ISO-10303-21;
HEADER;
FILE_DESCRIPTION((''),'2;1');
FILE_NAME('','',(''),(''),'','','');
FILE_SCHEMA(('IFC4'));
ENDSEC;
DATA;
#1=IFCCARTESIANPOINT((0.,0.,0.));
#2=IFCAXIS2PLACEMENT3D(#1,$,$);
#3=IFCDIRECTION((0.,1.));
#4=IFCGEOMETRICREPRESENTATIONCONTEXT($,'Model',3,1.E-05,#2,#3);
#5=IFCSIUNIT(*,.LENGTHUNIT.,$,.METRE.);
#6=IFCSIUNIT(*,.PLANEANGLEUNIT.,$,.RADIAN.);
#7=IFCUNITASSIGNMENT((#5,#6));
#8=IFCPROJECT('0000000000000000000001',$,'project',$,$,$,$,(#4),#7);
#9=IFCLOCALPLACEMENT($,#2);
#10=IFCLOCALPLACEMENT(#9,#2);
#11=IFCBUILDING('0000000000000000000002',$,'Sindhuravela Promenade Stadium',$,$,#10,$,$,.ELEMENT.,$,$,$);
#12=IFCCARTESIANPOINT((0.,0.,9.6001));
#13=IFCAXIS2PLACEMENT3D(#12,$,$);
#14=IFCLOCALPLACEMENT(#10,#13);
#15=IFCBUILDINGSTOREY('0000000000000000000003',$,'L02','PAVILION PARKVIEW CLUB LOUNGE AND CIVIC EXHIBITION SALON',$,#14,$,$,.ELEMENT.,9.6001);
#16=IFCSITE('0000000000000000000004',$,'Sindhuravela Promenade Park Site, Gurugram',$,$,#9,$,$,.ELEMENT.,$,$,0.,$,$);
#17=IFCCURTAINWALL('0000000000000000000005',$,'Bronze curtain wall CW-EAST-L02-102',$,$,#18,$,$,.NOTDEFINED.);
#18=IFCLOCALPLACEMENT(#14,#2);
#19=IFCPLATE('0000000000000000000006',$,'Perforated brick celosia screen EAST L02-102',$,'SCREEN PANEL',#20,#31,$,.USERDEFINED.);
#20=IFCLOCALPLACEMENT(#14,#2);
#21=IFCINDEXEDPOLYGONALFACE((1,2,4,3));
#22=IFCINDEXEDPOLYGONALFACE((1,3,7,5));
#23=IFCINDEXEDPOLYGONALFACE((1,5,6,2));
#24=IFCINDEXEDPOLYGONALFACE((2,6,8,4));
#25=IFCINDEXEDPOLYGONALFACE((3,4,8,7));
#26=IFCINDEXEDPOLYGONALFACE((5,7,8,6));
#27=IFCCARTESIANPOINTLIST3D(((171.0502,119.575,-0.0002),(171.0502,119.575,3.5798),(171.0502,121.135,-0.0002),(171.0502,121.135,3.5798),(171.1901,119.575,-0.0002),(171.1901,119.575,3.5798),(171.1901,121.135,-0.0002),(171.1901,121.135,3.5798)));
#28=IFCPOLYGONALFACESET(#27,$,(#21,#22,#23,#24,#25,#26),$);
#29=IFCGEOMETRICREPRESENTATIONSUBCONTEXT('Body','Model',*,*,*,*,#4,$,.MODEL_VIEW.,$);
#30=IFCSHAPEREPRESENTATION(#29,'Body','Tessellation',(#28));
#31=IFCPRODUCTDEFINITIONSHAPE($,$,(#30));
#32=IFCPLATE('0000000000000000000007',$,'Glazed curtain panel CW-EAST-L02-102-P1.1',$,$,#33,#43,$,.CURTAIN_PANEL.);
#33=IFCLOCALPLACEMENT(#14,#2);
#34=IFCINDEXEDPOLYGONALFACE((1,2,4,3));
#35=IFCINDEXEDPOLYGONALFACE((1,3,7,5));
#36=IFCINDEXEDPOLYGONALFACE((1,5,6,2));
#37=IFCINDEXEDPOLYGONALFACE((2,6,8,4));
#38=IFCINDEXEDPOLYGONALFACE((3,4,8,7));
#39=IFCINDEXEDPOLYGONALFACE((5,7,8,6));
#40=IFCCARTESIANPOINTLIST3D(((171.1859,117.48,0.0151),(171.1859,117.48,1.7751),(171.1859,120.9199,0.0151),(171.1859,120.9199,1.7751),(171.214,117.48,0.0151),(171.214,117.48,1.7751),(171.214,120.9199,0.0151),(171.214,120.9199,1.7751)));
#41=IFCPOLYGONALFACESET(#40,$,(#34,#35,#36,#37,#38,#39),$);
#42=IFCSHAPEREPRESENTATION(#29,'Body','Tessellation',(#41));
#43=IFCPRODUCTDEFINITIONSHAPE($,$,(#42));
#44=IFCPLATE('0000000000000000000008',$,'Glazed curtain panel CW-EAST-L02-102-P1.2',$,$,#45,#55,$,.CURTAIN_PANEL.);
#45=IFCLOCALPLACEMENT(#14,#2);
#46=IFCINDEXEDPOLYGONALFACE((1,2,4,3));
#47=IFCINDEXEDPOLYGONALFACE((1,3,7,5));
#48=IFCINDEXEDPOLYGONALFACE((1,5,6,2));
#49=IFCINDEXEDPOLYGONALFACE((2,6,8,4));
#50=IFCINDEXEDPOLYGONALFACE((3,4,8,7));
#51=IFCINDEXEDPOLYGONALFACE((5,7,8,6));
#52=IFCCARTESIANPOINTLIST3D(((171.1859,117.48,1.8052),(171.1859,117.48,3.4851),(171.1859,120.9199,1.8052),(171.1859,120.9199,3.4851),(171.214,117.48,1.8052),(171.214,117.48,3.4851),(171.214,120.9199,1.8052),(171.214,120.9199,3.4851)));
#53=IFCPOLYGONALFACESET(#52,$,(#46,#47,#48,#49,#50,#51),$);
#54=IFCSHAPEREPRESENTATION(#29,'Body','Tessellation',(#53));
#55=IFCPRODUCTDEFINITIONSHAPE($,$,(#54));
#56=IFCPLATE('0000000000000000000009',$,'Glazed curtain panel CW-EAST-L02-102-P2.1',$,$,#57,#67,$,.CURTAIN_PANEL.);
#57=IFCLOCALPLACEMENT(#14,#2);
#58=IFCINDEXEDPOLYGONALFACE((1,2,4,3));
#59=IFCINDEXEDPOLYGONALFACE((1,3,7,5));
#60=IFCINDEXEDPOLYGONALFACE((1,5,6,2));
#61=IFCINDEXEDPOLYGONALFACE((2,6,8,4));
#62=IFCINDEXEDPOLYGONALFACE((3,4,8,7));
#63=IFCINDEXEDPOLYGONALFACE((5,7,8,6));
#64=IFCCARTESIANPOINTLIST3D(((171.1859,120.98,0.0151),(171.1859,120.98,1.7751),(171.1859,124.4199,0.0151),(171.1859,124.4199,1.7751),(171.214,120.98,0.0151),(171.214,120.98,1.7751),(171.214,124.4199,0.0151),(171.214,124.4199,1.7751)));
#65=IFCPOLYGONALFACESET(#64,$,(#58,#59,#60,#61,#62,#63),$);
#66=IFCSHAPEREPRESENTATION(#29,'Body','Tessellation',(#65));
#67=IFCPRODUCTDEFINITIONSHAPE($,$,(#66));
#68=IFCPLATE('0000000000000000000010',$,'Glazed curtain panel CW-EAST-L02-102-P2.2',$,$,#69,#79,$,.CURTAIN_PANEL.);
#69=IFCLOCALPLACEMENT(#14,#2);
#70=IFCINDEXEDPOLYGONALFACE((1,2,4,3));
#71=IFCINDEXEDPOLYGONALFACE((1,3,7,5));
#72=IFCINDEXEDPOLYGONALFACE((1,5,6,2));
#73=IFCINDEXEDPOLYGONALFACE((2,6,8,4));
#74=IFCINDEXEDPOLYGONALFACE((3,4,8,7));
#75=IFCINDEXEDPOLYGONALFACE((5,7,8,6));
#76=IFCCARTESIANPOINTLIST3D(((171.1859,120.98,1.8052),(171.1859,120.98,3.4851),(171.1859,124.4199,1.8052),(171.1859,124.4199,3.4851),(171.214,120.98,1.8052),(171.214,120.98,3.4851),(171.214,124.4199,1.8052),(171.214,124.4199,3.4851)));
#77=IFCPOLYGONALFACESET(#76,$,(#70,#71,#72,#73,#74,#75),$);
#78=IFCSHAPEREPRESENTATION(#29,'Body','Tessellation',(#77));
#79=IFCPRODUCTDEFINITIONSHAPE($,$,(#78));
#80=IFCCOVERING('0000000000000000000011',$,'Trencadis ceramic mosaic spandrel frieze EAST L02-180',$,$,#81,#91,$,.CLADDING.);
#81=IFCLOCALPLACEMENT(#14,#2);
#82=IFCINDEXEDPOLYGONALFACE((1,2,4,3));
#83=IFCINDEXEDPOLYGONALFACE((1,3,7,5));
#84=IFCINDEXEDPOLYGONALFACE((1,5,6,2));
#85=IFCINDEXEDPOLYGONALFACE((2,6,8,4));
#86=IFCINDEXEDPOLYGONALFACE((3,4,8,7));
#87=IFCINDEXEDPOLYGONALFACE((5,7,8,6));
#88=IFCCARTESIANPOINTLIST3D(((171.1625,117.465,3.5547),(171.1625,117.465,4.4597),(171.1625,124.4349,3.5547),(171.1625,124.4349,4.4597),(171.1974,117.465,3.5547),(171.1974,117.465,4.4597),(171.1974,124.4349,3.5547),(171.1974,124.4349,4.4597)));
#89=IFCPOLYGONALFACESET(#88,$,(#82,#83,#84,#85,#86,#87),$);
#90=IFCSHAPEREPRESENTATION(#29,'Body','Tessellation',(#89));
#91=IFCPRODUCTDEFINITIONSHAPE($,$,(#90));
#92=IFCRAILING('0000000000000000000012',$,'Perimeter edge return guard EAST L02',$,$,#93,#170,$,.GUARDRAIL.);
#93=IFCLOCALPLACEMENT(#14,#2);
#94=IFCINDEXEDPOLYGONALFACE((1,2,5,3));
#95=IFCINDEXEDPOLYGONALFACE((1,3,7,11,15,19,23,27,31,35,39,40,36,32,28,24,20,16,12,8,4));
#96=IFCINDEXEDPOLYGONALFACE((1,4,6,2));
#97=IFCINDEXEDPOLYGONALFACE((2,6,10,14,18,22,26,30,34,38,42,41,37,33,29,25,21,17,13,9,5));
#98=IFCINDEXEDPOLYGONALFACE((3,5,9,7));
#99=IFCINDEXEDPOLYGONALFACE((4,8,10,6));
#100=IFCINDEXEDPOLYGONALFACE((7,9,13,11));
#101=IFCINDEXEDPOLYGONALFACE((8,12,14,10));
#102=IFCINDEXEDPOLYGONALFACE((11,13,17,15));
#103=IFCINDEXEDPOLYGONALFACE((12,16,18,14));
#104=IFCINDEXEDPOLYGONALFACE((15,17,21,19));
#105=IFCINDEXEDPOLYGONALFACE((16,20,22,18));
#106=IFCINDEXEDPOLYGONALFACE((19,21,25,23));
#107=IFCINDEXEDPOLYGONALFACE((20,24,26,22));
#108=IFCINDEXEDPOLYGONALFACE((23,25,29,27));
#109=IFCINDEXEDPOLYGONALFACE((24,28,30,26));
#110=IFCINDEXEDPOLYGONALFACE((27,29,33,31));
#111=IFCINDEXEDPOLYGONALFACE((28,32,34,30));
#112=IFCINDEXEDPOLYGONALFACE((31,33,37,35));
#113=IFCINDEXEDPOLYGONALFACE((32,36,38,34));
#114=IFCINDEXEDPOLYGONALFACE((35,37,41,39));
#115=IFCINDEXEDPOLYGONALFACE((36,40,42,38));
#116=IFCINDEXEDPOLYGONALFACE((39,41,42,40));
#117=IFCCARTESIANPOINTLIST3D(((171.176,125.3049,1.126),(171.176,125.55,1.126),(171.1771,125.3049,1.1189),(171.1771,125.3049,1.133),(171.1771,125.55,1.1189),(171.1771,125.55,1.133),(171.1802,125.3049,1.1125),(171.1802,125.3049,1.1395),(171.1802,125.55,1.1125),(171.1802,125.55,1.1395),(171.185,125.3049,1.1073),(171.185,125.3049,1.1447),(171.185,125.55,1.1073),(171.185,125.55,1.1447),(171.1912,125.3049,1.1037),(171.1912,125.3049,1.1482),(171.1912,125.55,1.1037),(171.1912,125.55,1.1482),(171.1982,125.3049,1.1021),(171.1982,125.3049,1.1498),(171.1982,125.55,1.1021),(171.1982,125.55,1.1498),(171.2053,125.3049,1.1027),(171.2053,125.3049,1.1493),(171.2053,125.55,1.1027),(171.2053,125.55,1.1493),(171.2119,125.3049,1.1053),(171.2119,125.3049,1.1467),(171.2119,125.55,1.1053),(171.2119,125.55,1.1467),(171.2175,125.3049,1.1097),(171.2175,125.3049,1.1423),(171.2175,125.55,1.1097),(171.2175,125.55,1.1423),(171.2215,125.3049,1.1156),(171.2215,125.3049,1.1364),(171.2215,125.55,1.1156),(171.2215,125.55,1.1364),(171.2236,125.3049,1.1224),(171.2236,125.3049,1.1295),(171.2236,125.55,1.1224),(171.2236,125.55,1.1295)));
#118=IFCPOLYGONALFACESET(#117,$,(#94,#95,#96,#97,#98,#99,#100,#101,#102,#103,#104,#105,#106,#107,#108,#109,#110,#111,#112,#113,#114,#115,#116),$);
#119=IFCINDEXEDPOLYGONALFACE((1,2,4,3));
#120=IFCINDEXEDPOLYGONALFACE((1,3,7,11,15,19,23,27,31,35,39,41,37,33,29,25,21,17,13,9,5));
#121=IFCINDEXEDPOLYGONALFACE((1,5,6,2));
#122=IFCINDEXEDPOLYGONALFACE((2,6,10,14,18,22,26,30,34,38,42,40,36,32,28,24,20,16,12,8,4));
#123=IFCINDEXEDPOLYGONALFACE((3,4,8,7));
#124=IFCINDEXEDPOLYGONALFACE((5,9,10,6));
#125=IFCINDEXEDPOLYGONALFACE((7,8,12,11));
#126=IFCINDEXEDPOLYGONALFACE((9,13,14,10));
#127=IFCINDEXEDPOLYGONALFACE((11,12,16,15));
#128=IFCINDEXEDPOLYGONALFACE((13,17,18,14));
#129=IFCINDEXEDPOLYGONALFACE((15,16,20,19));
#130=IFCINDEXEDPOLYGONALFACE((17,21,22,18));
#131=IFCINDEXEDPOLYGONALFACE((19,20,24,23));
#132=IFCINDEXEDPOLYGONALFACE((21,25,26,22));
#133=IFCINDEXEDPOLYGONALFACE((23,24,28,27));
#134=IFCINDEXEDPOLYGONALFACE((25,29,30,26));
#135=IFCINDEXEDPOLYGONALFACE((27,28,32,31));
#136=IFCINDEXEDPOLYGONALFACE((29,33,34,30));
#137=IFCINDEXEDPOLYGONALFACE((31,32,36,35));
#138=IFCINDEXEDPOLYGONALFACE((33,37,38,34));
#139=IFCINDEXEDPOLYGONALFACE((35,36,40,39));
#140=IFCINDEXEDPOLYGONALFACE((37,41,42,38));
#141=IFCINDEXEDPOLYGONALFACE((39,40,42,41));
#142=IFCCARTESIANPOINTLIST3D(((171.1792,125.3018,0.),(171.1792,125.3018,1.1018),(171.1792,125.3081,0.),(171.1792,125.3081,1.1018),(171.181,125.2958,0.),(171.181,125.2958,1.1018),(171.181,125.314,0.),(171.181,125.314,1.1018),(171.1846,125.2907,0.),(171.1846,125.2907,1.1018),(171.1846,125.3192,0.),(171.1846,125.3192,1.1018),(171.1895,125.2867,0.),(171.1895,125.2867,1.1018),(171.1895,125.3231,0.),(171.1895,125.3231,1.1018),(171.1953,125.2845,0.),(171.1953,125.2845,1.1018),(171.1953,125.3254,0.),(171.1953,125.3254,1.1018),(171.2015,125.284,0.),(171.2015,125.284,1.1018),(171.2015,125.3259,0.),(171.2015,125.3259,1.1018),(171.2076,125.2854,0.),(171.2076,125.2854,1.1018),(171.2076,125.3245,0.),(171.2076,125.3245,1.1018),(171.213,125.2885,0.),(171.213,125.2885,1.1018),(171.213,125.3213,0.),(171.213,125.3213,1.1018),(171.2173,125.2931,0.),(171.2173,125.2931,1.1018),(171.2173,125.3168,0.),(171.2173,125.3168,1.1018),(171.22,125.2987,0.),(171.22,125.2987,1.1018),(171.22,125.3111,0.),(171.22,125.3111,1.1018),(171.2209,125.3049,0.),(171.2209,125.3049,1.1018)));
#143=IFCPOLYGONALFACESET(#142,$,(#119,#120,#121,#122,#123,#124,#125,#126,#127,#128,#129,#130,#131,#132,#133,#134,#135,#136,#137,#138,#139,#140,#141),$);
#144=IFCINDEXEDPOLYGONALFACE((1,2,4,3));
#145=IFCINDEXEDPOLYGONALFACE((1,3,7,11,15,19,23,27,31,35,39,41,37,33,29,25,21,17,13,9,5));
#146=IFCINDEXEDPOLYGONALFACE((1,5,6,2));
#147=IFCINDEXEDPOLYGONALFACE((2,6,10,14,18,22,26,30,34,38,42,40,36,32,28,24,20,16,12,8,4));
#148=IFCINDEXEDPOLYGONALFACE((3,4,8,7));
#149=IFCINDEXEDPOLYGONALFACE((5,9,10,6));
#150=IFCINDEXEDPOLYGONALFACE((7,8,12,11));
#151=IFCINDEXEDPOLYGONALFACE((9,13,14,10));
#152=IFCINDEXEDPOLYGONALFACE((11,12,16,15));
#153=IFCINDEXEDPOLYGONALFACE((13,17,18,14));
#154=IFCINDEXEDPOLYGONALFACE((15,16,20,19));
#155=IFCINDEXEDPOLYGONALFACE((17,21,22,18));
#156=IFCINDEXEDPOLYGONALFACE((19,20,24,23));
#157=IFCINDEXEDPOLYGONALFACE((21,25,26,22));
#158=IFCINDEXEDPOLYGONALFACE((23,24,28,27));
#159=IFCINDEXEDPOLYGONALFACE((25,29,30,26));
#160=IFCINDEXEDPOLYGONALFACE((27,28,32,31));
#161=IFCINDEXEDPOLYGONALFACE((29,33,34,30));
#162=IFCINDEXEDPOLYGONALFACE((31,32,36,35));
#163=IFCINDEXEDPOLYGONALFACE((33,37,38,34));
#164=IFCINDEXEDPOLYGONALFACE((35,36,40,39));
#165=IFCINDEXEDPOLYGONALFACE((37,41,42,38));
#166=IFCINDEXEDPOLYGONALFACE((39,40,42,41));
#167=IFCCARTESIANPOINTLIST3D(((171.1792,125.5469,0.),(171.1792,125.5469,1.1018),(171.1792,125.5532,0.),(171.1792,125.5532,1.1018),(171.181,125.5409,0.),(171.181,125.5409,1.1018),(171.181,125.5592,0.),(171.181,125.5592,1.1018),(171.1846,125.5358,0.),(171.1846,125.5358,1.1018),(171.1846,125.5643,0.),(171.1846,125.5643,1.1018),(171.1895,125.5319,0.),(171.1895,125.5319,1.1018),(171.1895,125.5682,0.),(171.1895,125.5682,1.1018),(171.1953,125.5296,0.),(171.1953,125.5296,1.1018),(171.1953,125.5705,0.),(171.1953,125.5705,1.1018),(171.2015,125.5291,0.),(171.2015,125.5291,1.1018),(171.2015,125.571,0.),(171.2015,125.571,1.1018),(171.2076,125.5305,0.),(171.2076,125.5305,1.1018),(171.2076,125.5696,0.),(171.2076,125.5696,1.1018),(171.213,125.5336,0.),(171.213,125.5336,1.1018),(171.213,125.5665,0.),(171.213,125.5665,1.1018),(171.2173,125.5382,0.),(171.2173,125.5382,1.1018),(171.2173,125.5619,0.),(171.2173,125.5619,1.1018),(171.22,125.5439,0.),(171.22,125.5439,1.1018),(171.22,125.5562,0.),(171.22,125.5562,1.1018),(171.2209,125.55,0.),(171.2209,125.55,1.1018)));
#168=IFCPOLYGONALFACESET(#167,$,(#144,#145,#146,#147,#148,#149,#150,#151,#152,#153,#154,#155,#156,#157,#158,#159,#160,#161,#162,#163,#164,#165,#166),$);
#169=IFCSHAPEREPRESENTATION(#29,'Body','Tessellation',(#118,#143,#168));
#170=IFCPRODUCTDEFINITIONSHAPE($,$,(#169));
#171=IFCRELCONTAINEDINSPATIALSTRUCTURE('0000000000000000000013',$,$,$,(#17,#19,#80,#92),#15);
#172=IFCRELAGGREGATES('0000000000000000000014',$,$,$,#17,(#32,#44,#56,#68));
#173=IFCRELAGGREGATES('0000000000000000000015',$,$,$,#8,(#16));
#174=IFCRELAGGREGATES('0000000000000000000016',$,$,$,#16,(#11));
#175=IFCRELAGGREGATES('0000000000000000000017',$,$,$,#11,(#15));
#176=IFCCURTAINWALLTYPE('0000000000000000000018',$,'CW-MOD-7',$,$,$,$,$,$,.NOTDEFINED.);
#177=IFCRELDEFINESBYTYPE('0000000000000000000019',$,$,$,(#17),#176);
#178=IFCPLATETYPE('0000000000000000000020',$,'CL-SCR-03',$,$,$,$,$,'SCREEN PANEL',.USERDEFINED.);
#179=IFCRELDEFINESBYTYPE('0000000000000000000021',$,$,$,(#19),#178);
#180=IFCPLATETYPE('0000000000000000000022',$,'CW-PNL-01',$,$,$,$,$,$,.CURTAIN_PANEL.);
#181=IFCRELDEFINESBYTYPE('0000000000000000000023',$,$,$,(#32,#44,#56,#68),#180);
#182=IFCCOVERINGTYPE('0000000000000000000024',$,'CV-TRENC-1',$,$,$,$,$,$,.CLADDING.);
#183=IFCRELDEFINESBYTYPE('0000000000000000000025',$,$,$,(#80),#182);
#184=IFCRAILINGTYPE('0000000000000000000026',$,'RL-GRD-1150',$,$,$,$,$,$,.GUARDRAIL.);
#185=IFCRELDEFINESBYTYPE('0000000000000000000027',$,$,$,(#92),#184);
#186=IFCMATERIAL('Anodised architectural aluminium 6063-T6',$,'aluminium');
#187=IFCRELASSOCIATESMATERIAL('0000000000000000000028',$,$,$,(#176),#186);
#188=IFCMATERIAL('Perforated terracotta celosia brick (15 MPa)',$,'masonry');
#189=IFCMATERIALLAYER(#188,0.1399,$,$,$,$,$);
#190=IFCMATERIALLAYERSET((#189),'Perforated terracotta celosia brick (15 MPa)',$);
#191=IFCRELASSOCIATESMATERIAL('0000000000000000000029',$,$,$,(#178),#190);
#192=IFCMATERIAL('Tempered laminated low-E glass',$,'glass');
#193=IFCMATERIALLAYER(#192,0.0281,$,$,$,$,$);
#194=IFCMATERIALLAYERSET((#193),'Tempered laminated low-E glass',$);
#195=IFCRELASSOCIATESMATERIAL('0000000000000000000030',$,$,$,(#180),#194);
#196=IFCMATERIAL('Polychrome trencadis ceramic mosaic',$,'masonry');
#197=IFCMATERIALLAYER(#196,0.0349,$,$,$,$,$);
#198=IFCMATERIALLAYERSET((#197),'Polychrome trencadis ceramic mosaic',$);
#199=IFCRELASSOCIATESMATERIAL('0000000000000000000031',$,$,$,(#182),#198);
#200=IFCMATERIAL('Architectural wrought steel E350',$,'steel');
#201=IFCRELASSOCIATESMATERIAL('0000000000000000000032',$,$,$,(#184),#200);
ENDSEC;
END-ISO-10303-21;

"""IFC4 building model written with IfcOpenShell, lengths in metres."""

from ifc_helpers import new_model, si_unit, direction, frame, origin, origin_2d, place, context, subcontext, project, spatial, rectangle, circle, extrude, material, layer, layer_set, type_object, element, aggregate, save


model = new_model("IFC4")

# Units and contexts
model_context = context("Model", 3, precision=1e-05, world=origin(), true_north=direction((0.0, 1.0)))
body_context = subcontext(model_context, "Body", "Model", "MODEL_VIEW")
ifc_project = project(units=[si_unit("LENGTHUNIT", "METRE"), si_unit("PLANEANGLEUNIT", "RADIAN")], contexts=[model_context])

# Site, building, storey
site_placement = place(None, origin())
site = spatial("IfcSite", under=ifc_project, at=site_placement, Name="Sindhuravela Promenade Park Site, Gurugram", CompositionType="ELEMENT", RefElevation=0.0)
building_placement = place(site_placement, origin())
building = spatial("IfcBuilding", under=site, at=building_placement, Name="Sindhuravela Promenade Stadium", CompositionType="ELEMENT")
storey_placement = place(building_placement, frame((0.0, 0.0, 9.6001)))
storey = spatial("IfcBuildingStorey", under=building, at=storey_placement, Name="L02", Description="PAVILION PARKVIEW CLUB LOUNGE AND CIVIC EXHIBITION SALON", CompositionType="ELEMENT", Elevation=9.6001)

# Curtain wall
ifc_material_1 = material(Name="Anodised architectural aluminium 6063-T6", Category="aluminium")
curtain_wall_type_1 = type_object("IfcCurtainWallType", Name="CW-MOD-7", PredefinedType="NOTDEFINED", material=ifc_material_1)
curtain_wall_1_placement = place(storey_placement, origin())
curtain_wall_1 = element("IfcCurtainWall", 1, at=curtain_wall_1_placement, inside=storey, type_object=curtain_wall_type_1, Name="Bronze curtain wall CW-EAST-L02-102", PredefinedType="NOTDEFINED")

# Plate
ifc_material_2 = material(Name="Perforated terracotta celosia brick (15 MPa)", Category="masonry")
ifc_layer_1 = layer(ifc_material_2, 0.1399)
ifc_layer_set_1 = layer_set([ifc_layer_1], Name="Perforated terracotta celosia brick (15 MPa)")
plate_type_1 = type_object("IfcPlateType", Name="CL-SCR-03", ElementType="SCREEN PANEL", PredefinedType="USERDEFINED", material=ifc_layer_set_1)
plate_1_placement = place(storey_placement, frame((171.1201, 120.355, -0.0002), z_axis=(0.0, 0.0, 1.0), x_axis=(0.0, 1.0, 0.0)))
element("IfcPlate", 2, at=plate_1_placement, inside=storey, type_object=plate_type_1, Name="Perforated brick celosia screen EAST L02-102", ObjectType="SCREEN PANEL", PredefinedType="USERDEFINED", context=body_context, shape_type="SweptSolid", body=[
    extrude(rectangle(XDim=1.5601, YDim=0.1399, at=origin_2d()), origin(), (0.0, 0.0, 1.0), 3.5801),
])

# Plates
ifc_material_3 = material(Name="Tempered laminated low-E glass", Category="glass")
ifc_layer_2 = layer(ifc_material_3, 0.0281)
ifc_layer_set_2 = layer_set([ifc_layer_2], Name="Tempered laminated low-E glass")
plate_type_2 = type_object("IfcPlateType", Name="CW-PNL-01", PredefinedType="CURTAIN_PANEL", material=ifc_layer_set_2)
plate_2_placement = place(storey_placement, frame((171.2, 119.2, 0.0151), z_axis=(0.0, 0.0, 1.0), x_axis=(0.0, 1.0, 0.0)))
plate_2 = element("IfcPlate", 3, at=plate_2_placement, type_object=plate_type_2, Name="Glazed curtain panel CW-EAST-L02-102-P1.1", PredefinedType="CURTAIN_PANEL", context=body_context, shape_type="SweptSolid", body=[
    extrude(rectangle(XDim=3.4399, YDim=0.0281, at=origin_2d()), origin(), (0.0, 0.0, 1.0), 1.76),
])
plate_3_placement = place(storey_placement, frame((171.2, 119.2, 1.8052), z_axis=(0.0, 0.0, 1.0), x_axis=(0.0, 1.0, 0.0)))
plate_3 = element("IfcPlate", 4, at=plate_3_placement, type_object=plate_type_2, Name="Glazed curtain panel CW-EAST-L02-102-P1.2", PredefinedType="CURTAIN_PANEL", context=body_context, shape_type="SweptSolid", body=[
    extrude(rectangle(XDim=3.4399, YDim=0.0281, at=origin_2d()), origin(), (0.0, 0.0, 1.0), 1.6799),
])
plate_4_placement = place(storey_placement, frame((171.2, 122.7, 0.0151), z_axis=(0.0, 0.0, 1.0), x_axis=(0.0, 1.0, 0.0)))
plate_4 = element("IfcPlate", 5, at=plate_4_placement, type_object=plate_type_2, Name="Glazed curtain panel CW-EAST-L02-102-P2.1", PredefinedType="CURTAIN_PANEL", context=body_context, shape_type="SweptSolid", body=[
    extrude(rectangle(XDim=3.4399, YDim=0.0281, at=origin_2d()), origin(), (0.0, 0.0, 1.0), 1.76),
])
plate_5_placement = place(storey_placement, frame((171.2, 122.7, 1.8052), z_axis=(0.0, 0.0, 1.0), x_axis=(0.0, 1.0, 0.0)))
plate_5 = element("IfcPlate", 6, at=plate_5_placement, type_object=plate_type_2, Name="Glazed curtain panel CW-EAST-L02-102-P2.2", PredefinedType="CURTAIN_PANEL", context=body_context, shape_type="SweptSolid", body=[
    extrude(rectangle(XDim=3.4399, YDim=0.0281, at=origin_2d()), origin(), (0.0, 0.0, 1.0), 1.6799),
])
aggregate(curtain_wall_1, [plate_2, plate_3, plate_4, plate_5])

# Covering
ifc_material_4 = material(Name="Polychrome trencadis ceramic mosaic", Category="masonry")
ifc_layer_3 = layer(ifc_material_4, 0.0349)
ifc_layer_set_3 = layer_set([ifc_layer_3], Name="Polychrome trencadis ceramic mosaic")
covering_type = type_object("IfcCoveringType", Name="CV-TRENC-1", PredefinedType="CLADDING", material=ifc_layer_set_3)
covering_placement = place(storey_placement, frame((171.1799, 120.95, 3.5547), z_axis=(0.0, 0.0, 1.0), x_axis=(0.0, 1.0, 0.0)))
element("IfcCovering", 7, at=covering_placement, inside=storey, type_object=covering_type, Name="Trencadis ceramic mosaic spandrel frieze EAST L02-180", PredefinedType="CLADDING", context=body_context, shape_type="SweptSolid", body=[
    extrude(rectangle(XDim=6.97, YDim=0.0349, at=origin_2d()), origin(), (0.0, 0.0, 1.0), 0.905),
])

# Railing
ifc_material_5 = material(Name="Architectural wrought steel E350", Category="steel")
railing_type = type_object("IfcRailingType", Name="RL-GRD-1150", PredefinedType="GUARDRAIL", material=ifc_material_5)
railing_placement = place(storey_placement, frame((171.2, 125.3049, 0.0)))
element("IfcRailing", 8, at=railing_placement, inside=storey, type_object=railing_type, Name="Perimeter edge return guard EAST L02", PredefinedType="GUARDRAIL", context=body_context, shape_type="SweptSolid", body=[
    extrude(circle(Radius=0.0239, at=origin_2d()), frame((0.0, 0.0, 1.126), z_axis=(0.0, 1.0, 0.0), x_axis=(-1.0, 0.0, 0.0)), (0.0, 0.0, 1.0), 0.2451),
    extrude(circle(Radius=0.021, at=origin_2d()), origin(), (0.0, 0.0, 1.0), 1.1018),
    extrude(circle(Radius=0.021, at=origin_2d()), frame((0.0, 0.2451, 0.0)), (0.0, 0.0, 1.0), 1.1018),
])

save(model, "model.ifc")
